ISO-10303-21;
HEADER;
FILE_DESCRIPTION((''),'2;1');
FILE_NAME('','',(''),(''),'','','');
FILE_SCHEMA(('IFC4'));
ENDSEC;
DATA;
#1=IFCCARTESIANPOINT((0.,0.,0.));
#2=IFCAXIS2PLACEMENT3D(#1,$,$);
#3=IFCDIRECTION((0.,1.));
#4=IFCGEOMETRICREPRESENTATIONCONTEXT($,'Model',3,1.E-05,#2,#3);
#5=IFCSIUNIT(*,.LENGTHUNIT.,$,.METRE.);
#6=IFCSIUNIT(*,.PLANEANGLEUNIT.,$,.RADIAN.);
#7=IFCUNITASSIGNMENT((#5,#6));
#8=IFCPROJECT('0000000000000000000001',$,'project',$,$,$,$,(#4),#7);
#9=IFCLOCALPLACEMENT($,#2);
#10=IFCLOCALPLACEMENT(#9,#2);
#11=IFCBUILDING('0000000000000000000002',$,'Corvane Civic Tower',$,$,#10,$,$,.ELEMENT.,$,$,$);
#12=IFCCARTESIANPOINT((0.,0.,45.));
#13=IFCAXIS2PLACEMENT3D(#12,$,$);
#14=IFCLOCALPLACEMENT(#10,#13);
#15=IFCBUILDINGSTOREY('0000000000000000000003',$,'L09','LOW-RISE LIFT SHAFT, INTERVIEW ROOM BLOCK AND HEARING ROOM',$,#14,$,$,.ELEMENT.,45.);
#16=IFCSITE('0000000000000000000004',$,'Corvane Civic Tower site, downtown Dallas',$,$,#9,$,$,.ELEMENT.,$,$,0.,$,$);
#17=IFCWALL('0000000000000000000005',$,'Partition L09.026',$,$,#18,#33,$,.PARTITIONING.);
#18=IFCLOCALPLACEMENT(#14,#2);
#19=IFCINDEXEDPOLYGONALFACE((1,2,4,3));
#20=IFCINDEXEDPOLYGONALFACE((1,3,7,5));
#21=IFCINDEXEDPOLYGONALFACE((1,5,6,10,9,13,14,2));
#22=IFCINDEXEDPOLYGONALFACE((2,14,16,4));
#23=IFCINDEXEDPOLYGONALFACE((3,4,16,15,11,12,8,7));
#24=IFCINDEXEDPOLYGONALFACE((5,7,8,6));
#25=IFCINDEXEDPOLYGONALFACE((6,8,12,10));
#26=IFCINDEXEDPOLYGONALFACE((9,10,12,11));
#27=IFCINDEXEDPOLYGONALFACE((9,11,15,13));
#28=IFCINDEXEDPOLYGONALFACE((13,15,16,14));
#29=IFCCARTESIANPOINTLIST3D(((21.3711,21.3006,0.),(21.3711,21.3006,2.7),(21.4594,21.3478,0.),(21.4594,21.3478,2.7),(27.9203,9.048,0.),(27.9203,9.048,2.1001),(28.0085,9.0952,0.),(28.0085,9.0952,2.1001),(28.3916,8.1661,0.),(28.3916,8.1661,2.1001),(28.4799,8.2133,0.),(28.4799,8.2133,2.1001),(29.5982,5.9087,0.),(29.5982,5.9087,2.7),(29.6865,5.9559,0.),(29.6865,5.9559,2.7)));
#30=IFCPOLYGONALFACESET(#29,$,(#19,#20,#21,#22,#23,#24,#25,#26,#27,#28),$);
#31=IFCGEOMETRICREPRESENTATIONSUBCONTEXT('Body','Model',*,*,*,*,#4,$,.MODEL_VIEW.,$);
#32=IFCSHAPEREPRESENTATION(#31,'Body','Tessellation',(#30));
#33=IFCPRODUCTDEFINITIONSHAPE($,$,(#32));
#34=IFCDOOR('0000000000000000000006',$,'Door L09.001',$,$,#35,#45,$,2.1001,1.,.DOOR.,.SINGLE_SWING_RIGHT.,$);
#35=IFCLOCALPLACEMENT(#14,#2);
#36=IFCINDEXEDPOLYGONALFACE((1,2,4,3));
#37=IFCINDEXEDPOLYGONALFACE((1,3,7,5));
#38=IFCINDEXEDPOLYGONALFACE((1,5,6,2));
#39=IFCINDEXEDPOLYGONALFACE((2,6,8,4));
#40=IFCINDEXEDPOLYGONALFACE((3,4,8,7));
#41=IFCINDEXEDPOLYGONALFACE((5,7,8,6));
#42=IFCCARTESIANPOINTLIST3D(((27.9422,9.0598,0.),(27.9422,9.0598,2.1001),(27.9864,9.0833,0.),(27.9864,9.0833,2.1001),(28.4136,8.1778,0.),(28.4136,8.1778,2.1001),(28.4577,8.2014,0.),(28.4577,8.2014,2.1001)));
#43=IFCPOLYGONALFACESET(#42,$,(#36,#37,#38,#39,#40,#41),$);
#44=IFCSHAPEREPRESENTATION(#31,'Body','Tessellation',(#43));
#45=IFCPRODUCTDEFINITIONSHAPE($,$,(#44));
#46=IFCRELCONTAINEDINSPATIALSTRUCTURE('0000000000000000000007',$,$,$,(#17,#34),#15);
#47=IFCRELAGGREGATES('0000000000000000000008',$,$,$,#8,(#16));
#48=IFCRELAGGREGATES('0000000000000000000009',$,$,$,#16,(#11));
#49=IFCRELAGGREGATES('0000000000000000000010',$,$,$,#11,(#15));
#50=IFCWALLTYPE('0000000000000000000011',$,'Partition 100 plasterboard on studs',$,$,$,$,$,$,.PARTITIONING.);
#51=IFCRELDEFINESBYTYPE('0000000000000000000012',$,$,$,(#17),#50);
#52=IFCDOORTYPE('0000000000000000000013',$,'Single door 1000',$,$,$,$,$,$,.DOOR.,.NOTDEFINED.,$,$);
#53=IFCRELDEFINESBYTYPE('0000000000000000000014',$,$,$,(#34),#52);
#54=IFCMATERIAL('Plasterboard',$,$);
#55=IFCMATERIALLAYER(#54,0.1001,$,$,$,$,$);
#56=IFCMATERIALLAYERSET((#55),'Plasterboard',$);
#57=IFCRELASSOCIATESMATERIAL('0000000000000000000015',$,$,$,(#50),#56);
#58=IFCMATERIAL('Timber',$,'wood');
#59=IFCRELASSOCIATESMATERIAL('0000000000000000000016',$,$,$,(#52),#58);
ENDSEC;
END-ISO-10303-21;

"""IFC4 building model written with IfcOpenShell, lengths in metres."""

from ifc_helpers import new_model, si_unit, direction, frame, frame_2d, origin, place, context, subcontext, project, spatial, rectangle, extrude, material, layer, layer_set, type_object, element, fill, save


model = new_model("IFC4")

# Units and contexts
model_context = context("Model", 3, precision=1e-05, world=origin(), true_north=direction((0.0, 1.0)))
body_context = subcontext(model_context, "Body", "Model", "MODEL_VIEW")
ifc_project = project(units=[si_unit("LENGTHUNIT", "METRE"), si_unit("PLANEANGLEUNIT", "RADIAN")], contexts=[model_context])

# Site, building, storey
site_placement = place(None, origin())
site = spatial("IfcSite", under=ifc_project, at=site_placement, Name="Corvane Civic Tower site, downtown Dallas", CompositionType="ELEMENT", RefElevation=0.0)
building_placement = place(site_placement, origin())
building = spatial("IfcBuilding", under=site, at=building_placement, Name="Corvane Civic Tower", CompositionType="ELEMENT")
storey_placement = place(building_placement, frame((0.0, 0.0, 45.0)))
storey = spatial("IfcBuildingStorey", under=building, at=storey_placement, Name="L09", Description="LOW-RISE LIFT SHAFT, INTERVIEW ROOM BLOCK AND HEARING ROOM", CompositionType="ELEMENT", Elevation=45.0)

# Wall, opening, door
ifc_material_1 = material(Name="Plasterboard")
ifc_layer_1 = layer(ifc_material_1, 0.1001)
ifc_layer_set_1 = layer_set([ifc_layer_1], Name="Plasterboard")
wall_type = type_object("IfcWallType", Name="Partition 100 plasterboard on studs", PredefinedType="PARTITIONING", material=ifc_layer_set_1)
wall_placement = place(storey_placement, frame((21.4153, 21.3242, 0.0), z_axis=(0.0, 0.0, 1.0), x_axis=(0.471394, -0.881923, 0.0)))
wall = element("IfcWall", 1, at=wall_placement, inside=storey, type_object=wall_type, Name="Partition L09.026", PredefinedType="PARTITIONING", context=body_context, shape_type="SweptSolid", body=[
    extrude(rectangle(XDim=17.4526, YDim=0.1001, at=frame_2d((8.7263, 0.0))), origin(), (0.0, 0.0, 1.0), 2.7),
])
opening_placement = place(wall_placement, frame((13.8931, 0.0, 0.0)))
opening = element("IfcOpeningElement", 2, at=opening_placement, cuts=wall, PredefinedType="OPENING", context=body_context, shape_type="SweptSolid", body=[
    extrude(rectangle(XDim=1.0, YDim=2.1001, at=frame_2d((0.5, 1.05))), frame((0.0, 0.0601, 0.0), z_axis=(0.0, -1.0, 0.0), x_axis=(1.0, 0.0, 0.0)), (0.0, 0.0, 1.0), 0.1201),
])
ifc_material_2 = material(Name="Timber", Category="wood")
door_type = type_object("IfcDoorType", Name="Single door 1000", OperationType="NOTDEFINED", PredefinedType="DOOR", material=ifc_material_2)
door_placement = place(opening_placement, origin())
door = element("IfcDoor", 3, at=door_placement, inside=storey, type_object=door_type, Name="Door L09.001", OperationType="SINGLE_SWING_RIGHT", OverallHeight=2.1001, OverallWidth=1.0, PredefinedType="DOOR", context=body_context, shape_type="SweptSolid", body=[
    extrude(rectangle(XDim=1.0, YDim=2.1001, at=frame_2d((0.5, 1.05))), frame((0.0, 0.0249, 0.0), z_axis=(0.0, -1.0, 0.0), x_axis=(1.0, 0.0, 0.0)), (0.0, 0.0, 1.0), 0.05),
])
fill(opening, door)

save(model, "model.ifc")
